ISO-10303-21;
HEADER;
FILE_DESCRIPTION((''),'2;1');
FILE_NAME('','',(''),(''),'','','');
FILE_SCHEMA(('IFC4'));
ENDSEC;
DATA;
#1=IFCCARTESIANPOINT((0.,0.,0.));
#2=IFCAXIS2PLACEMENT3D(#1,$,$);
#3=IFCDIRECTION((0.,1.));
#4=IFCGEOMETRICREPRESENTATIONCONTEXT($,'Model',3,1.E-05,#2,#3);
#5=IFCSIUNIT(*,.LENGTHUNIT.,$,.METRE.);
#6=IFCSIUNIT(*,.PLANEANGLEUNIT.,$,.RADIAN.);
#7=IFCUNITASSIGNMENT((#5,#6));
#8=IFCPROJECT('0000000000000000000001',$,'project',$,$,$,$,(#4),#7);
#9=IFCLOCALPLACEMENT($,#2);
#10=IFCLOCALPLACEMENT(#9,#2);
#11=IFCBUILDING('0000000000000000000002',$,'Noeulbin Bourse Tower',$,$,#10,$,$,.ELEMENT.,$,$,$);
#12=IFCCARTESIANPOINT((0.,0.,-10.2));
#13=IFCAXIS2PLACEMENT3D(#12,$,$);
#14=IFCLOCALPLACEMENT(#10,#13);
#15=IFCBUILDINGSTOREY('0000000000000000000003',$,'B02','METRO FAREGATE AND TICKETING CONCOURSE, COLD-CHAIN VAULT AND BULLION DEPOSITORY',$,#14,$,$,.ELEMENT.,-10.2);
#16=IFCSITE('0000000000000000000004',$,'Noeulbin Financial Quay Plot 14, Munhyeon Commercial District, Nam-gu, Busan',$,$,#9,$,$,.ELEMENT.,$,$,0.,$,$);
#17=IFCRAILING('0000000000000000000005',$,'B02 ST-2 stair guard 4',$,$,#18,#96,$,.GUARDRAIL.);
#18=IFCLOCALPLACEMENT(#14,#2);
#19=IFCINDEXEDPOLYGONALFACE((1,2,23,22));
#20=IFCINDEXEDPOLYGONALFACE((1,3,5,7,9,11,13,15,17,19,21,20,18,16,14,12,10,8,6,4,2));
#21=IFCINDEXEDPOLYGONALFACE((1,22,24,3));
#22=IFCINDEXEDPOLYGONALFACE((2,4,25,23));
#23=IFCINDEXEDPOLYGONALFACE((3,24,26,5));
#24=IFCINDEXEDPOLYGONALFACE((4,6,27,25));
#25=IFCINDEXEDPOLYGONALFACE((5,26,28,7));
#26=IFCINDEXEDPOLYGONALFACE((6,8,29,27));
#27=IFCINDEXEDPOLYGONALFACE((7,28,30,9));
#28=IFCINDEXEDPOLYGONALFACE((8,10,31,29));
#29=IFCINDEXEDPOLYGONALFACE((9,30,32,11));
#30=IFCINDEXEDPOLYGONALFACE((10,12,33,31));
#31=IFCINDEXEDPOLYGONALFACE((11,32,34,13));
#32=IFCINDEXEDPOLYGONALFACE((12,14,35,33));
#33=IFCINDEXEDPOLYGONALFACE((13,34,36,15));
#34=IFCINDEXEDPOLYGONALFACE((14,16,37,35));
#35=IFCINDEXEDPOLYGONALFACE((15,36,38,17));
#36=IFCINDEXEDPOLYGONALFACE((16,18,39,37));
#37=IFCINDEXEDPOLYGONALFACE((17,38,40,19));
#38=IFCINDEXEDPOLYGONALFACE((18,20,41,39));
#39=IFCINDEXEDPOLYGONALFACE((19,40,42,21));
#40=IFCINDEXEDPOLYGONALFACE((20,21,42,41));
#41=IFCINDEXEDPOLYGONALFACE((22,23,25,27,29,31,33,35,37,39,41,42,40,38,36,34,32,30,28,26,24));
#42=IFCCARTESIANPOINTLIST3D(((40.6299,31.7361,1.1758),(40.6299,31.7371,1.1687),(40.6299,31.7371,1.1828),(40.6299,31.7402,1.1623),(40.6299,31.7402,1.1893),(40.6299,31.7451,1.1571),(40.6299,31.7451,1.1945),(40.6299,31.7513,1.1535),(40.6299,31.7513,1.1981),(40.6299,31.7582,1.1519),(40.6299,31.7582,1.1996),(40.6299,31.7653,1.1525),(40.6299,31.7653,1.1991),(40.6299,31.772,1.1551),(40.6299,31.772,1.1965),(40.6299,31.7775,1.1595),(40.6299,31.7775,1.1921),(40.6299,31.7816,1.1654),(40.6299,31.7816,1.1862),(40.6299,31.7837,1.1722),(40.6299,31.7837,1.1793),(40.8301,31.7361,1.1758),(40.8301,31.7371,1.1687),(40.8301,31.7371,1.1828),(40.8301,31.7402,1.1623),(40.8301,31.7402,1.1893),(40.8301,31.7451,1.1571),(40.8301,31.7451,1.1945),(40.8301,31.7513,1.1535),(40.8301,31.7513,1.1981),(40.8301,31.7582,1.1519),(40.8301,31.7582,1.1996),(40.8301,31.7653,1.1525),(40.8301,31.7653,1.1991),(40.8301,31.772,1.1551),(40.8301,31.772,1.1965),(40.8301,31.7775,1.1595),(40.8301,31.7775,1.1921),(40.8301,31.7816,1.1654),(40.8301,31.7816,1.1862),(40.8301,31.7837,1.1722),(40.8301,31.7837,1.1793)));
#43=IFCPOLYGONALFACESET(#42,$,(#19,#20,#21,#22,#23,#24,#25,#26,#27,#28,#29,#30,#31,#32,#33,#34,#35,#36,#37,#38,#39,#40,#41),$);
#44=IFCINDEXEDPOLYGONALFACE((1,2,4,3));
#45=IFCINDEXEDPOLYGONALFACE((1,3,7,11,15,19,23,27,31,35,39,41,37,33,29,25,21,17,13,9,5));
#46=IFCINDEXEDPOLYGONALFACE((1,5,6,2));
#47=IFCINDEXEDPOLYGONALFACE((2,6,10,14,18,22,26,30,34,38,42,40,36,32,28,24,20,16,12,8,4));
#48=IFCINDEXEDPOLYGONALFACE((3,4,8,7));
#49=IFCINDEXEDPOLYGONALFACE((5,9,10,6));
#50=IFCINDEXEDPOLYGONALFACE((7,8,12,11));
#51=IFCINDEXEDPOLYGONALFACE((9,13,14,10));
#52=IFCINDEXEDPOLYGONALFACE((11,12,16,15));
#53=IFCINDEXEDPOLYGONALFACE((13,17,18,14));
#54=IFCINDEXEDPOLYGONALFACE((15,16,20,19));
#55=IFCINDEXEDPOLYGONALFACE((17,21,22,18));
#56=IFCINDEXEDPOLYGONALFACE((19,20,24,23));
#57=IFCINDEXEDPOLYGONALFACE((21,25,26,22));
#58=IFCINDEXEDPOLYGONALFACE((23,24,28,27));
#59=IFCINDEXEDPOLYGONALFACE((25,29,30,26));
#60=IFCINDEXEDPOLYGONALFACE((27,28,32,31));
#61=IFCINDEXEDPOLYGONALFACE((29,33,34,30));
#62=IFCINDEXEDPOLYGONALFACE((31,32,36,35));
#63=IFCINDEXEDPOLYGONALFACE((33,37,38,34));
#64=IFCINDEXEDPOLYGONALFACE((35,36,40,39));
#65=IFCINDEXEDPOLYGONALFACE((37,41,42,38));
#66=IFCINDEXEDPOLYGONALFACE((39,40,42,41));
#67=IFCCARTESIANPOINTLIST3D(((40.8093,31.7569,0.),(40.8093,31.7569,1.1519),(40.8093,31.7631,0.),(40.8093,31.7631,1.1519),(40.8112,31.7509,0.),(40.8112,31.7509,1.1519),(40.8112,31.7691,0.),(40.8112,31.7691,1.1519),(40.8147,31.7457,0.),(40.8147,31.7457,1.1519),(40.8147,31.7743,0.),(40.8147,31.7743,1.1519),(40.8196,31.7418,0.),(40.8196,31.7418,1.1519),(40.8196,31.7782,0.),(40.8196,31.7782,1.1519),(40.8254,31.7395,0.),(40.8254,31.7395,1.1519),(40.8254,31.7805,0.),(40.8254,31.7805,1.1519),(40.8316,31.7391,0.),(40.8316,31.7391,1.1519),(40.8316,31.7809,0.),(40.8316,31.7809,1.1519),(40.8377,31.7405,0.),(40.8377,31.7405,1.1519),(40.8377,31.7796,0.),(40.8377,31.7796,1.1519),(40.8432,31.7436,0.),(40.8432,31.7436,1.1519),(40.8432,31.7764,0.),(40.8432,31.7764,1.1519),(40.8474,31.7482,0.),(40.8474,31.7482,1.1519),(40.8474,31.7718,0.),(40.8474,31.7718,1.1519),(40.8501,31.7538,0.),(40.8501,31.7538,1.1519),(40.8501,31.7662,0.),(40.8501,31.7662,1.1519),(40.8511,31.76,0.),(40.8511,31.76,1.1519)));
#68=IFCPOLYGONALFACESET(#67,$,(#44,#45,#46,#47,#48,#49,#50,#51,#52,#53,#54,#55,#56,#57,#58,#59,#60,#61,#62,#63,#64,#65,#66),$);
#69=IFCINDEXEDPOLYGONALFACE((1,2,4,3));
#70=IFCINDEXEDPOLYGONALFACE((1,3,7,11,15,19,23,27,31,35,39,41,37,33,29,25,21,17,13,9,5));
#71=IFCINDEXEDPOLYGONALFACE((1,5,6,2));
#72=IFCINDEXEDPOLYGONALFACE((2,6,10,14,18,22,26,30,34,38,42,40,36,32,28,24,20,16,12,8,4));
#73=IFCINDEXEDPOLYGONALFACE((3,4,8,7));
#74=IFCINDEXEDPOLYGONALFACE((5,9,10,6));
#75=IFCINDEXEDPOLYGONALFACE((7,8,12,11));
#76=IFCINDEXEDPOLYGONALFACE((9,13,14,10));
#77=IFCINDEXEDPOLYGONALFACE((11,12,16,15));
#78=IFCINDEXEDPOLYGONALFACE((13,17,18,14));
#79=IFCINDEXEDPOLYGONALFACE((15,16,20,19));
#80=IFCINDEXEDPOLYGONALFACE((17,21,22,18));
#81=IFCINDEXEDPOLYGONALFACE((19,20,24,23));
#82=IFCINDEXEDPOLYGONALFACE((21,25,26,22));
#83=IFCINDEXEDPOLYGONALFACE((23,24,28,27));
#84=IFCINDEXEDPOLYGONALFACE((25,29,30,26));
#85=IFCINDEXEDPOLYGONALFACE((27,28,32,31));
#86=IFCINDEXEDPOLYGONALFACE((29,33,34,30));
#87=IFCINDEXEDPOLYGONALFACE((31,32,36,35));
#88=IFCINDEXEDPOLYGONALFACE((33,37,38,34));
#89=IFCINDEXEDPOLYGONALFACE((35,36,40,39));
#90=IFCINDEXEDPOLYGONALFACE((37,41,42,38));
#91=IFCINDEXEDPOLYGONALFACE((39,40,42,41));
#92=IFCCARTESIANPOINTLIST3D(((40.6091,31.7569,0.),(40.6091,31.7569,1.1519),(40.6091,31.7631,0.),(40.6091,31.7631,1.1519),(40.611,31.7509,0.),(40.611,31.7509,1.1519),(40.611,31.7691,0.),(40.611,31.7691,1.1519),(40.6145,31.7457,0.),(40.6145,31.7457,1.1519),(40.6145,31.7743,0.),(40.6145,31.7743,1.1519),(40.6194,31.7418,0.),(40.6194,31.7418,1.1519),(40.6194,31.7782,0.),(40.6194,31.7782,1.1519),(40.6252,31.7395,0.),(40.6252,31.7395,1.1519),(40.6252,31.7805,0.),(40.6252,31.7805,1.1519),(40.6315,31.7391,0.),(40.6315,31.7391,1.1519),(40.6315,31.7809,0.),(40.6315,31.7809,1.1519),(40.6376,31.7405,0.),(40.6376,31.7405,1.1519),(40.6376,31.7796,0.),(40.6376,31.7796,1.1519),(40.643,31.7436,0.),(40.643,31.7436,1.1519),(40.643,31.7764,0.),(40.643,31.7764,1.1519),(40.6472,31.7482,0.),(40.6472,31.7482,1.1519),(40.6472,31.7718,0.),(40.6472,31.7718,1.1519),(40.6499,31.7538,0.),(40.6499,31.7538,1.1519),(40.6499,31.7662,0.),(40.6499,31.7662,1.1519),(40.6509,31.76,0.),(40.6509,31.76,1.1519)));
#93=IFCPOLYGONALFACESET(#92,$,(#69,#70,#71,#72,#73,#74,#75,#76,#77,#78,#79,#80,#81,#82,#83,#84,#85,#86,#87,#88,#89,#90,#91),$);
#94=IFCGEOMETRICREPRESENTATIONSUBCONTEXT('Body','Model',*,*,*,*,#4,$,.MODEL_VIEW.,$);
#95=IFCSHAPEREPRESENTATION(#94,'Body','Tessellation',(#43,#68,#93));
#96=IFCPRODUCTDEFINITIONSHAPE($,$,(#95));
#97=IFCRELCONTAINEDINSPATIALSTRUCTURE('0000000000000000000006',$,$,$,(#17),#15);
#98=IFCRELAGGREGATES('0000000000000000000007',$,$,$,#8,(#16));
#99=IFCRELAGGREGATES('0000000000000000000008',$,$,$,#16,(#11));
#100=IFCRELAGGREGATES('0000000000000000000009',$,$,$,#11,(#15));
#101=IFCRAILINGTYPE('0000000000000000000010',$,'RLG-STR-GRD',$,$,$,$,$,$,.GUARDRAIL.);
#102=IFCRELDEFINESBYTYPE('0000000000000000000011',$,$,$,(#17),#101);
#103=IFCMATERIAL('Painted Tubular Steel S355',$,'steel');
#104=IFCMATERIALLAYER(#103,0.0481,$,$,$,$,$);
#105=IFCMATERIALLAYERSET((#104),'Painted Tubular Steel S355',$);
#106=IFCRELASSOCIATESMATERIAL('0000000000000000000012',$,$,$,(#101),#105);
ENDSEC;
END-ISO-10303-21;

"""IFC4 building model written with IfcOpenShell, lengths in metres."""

from ifc_helpers import new_model, si_unit, direction, frame, origin, origin_2d, place, context, subcontext, project, spatial, circle, extrude, material, layer, layer_set, type_object, element, save


model = new_model("IFC4")

# Units and contexts
model_context = context("Model", 3, precision=1e-05, world=origin(), true_north=direction((0.0, 1.0)))
body_context = subcontext(model_context, "Body", "Model", "MODEL_VIEW")
ifc_project = project(units=[si_unit("LENGTHUNIT", "METRE"), si_unit("PLANEANGLEUNIT", "RADIAN")], contexts=[model_context])

# Site, building, storey
site_placement = place(None, origin())
site = spatial("IfcSite", under=ifc_project, at=site_placement, Name="Noeulbin Financial Quay Plot 14, Munhyeon Commercial District, Nam-gu, Busan", CompositionType="ELEMENT", RefElevation=0.0)
building_placement = place(site_placement, origin())
building = spatial("IfcBuilding", under=site, at=building_placement, Name="Noeulbin Bourse Tower", CompositionType="ELEMENT")
storey_placement = place(building_placement, frame((0.0, 0.0, -10.2)))
storey = spatial("IfcBuildingStorey", under=building, at=storey_placement, Name="B02", Description="METRO FAREGATE AND TICKETING CONCOURSE, COLD-CHAIN VAULT AND BULLION DEPOSITORY", CompositionType="ELEMENT", Elevation=-10.2)

# Railing
ifc_material_1 = material(Name="Painted Tubular Steel S355", Category="steel")
ifc_layer_1 = layer(ifc_material_1, 0.0481)
ifc_layer_set_1 = layer_set([ifc_layer_1], Name="Painted Tubular Steel S355")
railing_type_1 = type_object("IfcRailingType", Name="RLG-STR-GRD", PredefinedType="GUARDRAIL", material=ifc_layer_set_1)
railing_1_placement = place(storey_placement, frame((40.8301, 31.76, 0.0)))
element("IfcRailing", 1, at=railing_1_placement, inside=storey, type_object=railing_type_1, Name="B02 ST-2 stair guard 4", PredefinedType="GUARDRAIL", context=body_context, shape_type="SweptSolid", body=[
    extrude(circle(Radius=0.0239, at=origin_2d()), frame((0.0, 0.0, 1.1758), z_axis=(-1.0, 0.0, 0.0), x_axis=(0.0, -1.0, 0.0)), (0.0, 0.0, 1.0), 0.2002),
    extrude(circle(Radius=0.021, at=origin_2d()), origin(), (0.0, 0.0, 1.0), 1.1519),
    extrude(circle(Radius=0.021, at=origin_2d()), frame((-0.2002, 0.0, 0.0)), (0.0, 0.0, 1.0), 1.1519),
])

save(model, "model.ifc")
